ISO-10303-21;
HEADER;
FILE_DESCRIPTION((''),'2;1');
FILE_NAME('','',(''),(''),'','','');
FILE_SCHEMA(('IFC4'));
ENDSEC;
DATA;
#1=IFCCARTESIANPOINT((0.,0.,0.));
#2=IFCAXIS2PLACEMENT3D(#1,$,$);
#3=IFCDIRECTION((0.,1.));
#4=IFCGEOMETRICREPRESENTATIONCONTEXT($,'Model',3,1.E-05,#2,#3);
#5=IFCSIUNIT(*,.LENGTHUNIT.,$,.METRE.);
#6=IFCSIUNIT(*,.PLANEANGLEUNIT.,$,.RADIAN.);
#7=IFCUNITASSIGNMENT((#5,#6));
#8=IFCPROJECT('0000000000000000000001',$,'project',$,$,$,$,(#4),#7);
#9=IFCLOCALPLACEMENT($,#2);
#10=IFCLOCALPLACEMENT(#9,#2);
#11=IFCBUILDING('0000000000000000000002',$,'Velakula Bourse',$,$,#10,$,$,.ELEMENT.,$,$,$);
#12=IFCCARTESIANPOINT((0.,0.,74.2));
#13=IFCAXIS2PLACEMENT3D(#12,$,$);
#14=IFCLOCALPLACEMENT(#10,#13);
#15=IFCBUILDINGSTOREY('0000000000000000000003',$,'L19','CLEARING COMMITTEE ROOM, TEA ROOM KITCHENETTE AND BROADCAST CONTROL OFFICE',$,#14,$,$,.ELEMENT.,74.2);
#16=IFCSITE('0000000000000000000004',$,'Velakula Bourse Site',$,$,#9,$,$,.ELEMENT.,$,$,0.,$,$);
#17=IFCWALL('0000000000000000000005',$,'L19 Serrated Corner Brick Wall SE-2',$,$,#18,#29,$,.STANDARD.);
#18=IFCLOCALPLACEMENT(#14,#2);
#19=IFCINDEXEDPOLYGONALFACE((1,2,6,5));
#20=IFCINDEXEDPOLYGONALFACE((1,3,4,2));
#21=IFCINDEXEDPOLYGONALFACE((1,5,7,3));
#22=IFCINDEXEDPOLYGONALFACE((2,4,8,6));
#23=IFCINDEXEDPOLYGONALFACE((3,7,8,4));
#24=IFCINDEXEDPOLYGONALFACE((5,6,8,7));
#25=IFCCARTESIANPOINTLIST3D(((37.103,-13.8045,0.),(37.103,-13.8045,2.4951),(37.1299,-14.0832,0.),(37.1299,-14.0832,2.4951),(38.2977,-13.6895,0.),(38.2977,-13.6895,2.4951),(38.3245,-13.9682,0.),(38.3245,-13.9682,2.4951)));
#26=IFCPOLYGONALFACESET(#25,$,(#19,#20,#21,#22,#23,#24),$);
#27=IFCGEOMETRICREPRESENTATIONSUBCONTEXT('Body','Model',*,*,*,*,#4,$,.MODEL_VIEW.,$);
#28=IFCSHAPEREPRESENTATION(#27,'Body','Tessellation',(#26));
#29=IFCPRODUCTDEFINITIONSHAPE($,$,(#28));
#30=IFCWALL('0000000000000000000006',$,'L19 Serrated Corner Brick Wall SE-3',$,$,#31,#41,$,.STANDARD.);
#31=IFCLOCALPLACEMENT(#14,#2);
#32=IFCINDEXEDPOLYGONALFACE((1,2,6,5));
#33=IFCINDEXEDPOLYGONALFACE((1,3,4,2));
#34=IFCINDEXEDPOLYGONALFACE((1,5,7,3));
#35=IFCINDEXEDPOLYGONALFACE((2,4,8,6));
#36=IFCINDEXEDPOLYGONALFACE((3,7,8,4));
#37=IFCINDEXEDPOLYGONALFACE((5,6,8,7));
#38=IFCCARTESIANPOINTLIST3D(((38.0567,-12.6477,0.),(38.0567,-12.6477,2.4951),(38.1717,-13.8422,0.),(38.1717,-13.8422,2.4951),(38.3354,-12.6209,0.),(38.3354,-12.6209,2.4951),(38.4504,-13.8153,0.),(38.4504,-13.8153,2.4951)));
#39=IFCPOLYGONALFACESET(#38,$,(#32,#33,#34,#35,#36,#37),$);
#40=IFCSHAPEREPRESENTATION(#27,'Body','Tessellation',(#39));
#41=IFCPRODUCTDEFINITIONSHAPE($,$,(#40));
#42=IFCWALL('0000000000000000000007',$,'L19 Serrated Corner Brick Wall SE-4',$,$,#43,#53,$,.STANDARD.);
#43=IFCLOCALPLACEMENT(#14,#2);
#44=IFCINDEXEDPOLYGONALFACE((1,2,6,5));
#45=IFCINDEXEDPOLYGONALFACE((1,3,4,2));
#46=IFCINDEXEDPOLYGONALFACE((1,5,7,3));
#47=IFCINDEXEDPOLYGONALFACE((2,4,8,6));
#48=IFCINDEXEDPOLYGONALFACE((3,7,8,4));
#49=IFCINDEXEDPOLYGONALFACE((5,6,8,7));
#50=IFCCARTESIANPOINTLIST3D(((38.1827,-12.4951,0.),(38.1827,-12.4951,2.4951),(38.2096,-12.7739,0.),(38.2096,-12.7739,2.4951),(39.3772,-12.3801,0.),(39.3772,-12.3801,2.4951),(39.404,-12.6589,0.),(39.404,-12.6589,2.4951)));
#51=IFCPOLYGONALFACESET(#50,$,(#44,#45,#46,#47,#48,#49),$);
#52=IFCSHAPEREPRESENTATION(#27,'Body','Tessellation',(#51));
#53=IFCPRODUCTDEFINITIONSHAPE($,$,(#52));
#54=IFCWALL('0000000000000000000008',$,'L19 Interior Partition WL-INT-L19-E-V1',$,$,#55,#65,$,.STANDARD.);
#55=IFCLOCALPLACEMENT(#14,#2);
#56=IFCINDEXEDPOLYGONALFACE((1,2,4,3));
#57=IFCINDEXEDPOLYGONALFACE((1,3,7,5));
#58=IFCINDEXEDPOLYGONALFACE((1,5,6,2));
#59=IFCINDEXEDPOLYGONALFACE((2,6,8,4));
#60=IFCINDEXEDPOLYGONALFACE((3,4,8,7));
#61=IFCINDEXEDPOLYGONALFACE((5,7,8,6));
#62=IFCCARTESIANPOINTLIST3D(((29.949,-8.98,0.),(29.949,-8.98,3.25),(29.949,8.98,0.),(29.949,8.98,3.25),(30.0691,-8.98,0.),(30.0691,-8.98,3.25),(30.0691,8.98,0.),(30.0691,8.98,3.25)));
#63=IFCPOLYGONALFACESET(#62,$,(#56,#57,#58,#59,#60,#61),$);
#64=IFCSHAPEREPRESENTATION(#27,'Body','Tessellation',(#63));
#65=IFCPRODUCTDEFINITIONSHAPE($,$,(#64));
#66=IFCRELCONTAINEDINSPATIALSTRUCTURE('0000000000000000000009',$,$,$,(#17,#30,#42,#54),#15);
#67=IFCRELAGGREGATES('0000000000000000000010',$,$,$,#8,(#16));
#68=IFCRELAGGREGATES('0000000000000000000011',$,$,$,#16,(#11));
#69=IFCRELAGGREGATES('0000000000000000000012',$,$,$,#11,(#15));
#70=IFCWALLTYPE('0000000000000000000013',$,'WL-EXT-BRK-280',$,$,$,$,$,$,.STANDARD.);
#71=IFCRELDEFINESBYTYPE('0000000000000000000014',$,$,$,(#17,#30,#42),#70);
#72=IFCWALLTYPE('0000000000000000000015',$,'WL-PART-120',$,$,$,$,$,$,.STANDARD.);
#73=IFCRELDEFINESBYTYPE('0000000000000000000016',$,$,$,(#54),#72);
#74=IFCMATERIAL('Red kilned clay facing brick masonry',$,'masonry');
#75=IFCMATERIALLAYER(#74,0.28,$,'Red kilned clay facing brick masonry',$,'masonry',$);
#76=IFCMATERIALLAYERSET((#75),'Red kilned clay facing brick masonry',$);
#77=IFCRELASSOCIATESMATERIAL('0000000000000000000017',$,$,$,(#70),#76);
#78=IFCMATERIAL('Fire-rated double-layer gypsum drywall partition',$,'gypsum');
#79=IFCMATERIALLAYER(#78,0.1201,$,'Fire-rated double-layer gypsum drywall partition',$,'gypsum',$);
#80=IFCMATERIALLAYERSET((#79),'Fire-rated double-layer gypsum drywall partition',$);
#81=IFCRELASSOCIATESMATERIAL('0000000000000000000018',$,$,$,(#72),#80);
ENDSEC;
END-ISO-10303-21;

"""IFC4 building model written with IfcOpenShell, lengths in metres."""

from ifc_helpers import new_model, si_unit, direction, frame, frame_2d, origin, place, context, subcontext, project, spatial, rectangle, extrude, material, layer, layer_set, type_object, element, save


model = new_model("IFC4")

# Units and contexts
model_context = context("Model", 3, precision=1e-05, world=origin(), true_north=direction((0.0, 1.0)))
body_context = subcontext(model_context, "Body", "Model", "MODEL_VIEW")
ifc_project = project(units=[si_unit("LENGTHUNIT", "METRE"), si_unit("PLANEANGLEUNIT", "RADIAN")], contexts=[model_context])

# Site, building, storey
site_placement = place(None, origin())
site = spatial("IfcSite", under=ifc_project, at=site_placement, Name="Velakula Bourse Site", CompositionType="ELEMENT", RefElevation=0.0)
building_placement = place(site_placement, origin())
building = spatial("IfcBuilding", under=site, at=building_placement, Name="Velakula Bourse", CompositionType="ELEMENT")
storey_placement = place(building_placement, frame((0.0, 0.0, 74.2)))
storey = spatial("IfcBuildingStorey", under=building, at=storey_placement, Name="L19", Description="CLEARING COMMITTEE ROOM, TEA ROOM KITCHENETTE AND BROADCAST CONTROL OFFICE", CompositionType="ELEMENT", Elevation=74.2)

# Shared definitions
ifc_material_1 = material(Name="Red kilned clay facing brick masonry", Category="masonry")
ifc_layer_1 = layer(ifc_material_1, 0.28, Name="Red kilned clay facing brick masonry", Category="masonry")
ifc_layer_set_1 = layer_set([ifc_layer_1], Name="Red kilned clay facing brick masonry")
wall_type_1 = type_object("IfcWallType", Name="WL-EXT-BRK-280", PredefinedType="STANDARD", material=ifc_layer_set_1)

# Walls
for number, where, z_axis, x_axis, name in (
    (1, (37.1165, -13.9438, 0.0), (0.0, 0.0, 1.0), (0.995399, 0.095817, 0.0), "L19 Serrated Corner Brick Wall SE-2"),
):
    element("IfcWall", number, at=place(storey_placement, frame(where, z_axis=z_axis, x_axis=x_axis)), inside=storey, type_object=wall_type_1, Name=name, PredefinedType="STANDARD", context=body_context, shape_type="SweptSolid", body=[
        extrude(rectangle(XDim=1.2002, YDim=0.28, at=frame_2d((0.6001, 0.0))), origin(), (0.0, 0.0, 1.0), 2.4951),
    ])
for number, where, z_axis, x_axis, name in (
    (2, (38.311, -13.8289, 0.0), (0.0, 0.0, 1.0), (-0.095836, 0.995397, 0.0), "L19 Serrated Corner Brick Wall SE-3"),
    (3, (38.196, -12.6345, 0.0), (0.0, 0.0, 1.0), (0.995397, 0.095836, 0.0), "L19 Serrated Corner Brick Wall SE-4"),
):
    element("IfcWall", number, at=place(storey_placement, frame(where, z_axis=z_axis, x_axis=x_axis)), inside=storey, type_object=wall_type_1, Name=name, PredefinedType="STANDARD", context=body_context, shape_type="SweptSolid", body=[
        extrude(rectangle(XDim=1.2, YDim=0.28, at=frame_2d((0.6001, 0.0))), origin(), (0.0, 0.0, 1.0), 2.4951),
    ])
ifc_material_2 = material(Name="Fire-rated double-layer gypsum drywall partition", Category="gypsum")
ifc_layer_2 = layer(ifc_material_2, 0.1201, Name="Fire-rated double-layer gypsum drywall partition", Category="gypsum")
ifc_layer_set_2 = layer_set([ifc_layer_2], Name="Fire-rated double-layer gypsum drywall partition")
wall_type_2 = type_object("IfcWallType", Name="WL-PART-120", PredefinedType="STANDARD", material=ifc_layer_set_2)
wall_1_placement = place(storey_placement, frame((30.009, -8.98, 0.0), z_axis=(0.0, 0.0, 1.0), x_axis=(0.0, 1.0, 0.0)))
element("IfcWall", 4, at=wall_1_placement, inside=storey, type_object=wall_type_2, Name="L19 Interior Partition WL-INT-L19-E-V1", PredefinedType="STANDARD", context=body_context, shape_type="SweptSolid", body=[
    extrude(rectangle(XDim=17.96, YDim=0.1201, at=frame_2d((8.98, 0.0))), origin(), (0.0, 0.0, 1.0), 3.25),
])

save(model, "model.ifc")
